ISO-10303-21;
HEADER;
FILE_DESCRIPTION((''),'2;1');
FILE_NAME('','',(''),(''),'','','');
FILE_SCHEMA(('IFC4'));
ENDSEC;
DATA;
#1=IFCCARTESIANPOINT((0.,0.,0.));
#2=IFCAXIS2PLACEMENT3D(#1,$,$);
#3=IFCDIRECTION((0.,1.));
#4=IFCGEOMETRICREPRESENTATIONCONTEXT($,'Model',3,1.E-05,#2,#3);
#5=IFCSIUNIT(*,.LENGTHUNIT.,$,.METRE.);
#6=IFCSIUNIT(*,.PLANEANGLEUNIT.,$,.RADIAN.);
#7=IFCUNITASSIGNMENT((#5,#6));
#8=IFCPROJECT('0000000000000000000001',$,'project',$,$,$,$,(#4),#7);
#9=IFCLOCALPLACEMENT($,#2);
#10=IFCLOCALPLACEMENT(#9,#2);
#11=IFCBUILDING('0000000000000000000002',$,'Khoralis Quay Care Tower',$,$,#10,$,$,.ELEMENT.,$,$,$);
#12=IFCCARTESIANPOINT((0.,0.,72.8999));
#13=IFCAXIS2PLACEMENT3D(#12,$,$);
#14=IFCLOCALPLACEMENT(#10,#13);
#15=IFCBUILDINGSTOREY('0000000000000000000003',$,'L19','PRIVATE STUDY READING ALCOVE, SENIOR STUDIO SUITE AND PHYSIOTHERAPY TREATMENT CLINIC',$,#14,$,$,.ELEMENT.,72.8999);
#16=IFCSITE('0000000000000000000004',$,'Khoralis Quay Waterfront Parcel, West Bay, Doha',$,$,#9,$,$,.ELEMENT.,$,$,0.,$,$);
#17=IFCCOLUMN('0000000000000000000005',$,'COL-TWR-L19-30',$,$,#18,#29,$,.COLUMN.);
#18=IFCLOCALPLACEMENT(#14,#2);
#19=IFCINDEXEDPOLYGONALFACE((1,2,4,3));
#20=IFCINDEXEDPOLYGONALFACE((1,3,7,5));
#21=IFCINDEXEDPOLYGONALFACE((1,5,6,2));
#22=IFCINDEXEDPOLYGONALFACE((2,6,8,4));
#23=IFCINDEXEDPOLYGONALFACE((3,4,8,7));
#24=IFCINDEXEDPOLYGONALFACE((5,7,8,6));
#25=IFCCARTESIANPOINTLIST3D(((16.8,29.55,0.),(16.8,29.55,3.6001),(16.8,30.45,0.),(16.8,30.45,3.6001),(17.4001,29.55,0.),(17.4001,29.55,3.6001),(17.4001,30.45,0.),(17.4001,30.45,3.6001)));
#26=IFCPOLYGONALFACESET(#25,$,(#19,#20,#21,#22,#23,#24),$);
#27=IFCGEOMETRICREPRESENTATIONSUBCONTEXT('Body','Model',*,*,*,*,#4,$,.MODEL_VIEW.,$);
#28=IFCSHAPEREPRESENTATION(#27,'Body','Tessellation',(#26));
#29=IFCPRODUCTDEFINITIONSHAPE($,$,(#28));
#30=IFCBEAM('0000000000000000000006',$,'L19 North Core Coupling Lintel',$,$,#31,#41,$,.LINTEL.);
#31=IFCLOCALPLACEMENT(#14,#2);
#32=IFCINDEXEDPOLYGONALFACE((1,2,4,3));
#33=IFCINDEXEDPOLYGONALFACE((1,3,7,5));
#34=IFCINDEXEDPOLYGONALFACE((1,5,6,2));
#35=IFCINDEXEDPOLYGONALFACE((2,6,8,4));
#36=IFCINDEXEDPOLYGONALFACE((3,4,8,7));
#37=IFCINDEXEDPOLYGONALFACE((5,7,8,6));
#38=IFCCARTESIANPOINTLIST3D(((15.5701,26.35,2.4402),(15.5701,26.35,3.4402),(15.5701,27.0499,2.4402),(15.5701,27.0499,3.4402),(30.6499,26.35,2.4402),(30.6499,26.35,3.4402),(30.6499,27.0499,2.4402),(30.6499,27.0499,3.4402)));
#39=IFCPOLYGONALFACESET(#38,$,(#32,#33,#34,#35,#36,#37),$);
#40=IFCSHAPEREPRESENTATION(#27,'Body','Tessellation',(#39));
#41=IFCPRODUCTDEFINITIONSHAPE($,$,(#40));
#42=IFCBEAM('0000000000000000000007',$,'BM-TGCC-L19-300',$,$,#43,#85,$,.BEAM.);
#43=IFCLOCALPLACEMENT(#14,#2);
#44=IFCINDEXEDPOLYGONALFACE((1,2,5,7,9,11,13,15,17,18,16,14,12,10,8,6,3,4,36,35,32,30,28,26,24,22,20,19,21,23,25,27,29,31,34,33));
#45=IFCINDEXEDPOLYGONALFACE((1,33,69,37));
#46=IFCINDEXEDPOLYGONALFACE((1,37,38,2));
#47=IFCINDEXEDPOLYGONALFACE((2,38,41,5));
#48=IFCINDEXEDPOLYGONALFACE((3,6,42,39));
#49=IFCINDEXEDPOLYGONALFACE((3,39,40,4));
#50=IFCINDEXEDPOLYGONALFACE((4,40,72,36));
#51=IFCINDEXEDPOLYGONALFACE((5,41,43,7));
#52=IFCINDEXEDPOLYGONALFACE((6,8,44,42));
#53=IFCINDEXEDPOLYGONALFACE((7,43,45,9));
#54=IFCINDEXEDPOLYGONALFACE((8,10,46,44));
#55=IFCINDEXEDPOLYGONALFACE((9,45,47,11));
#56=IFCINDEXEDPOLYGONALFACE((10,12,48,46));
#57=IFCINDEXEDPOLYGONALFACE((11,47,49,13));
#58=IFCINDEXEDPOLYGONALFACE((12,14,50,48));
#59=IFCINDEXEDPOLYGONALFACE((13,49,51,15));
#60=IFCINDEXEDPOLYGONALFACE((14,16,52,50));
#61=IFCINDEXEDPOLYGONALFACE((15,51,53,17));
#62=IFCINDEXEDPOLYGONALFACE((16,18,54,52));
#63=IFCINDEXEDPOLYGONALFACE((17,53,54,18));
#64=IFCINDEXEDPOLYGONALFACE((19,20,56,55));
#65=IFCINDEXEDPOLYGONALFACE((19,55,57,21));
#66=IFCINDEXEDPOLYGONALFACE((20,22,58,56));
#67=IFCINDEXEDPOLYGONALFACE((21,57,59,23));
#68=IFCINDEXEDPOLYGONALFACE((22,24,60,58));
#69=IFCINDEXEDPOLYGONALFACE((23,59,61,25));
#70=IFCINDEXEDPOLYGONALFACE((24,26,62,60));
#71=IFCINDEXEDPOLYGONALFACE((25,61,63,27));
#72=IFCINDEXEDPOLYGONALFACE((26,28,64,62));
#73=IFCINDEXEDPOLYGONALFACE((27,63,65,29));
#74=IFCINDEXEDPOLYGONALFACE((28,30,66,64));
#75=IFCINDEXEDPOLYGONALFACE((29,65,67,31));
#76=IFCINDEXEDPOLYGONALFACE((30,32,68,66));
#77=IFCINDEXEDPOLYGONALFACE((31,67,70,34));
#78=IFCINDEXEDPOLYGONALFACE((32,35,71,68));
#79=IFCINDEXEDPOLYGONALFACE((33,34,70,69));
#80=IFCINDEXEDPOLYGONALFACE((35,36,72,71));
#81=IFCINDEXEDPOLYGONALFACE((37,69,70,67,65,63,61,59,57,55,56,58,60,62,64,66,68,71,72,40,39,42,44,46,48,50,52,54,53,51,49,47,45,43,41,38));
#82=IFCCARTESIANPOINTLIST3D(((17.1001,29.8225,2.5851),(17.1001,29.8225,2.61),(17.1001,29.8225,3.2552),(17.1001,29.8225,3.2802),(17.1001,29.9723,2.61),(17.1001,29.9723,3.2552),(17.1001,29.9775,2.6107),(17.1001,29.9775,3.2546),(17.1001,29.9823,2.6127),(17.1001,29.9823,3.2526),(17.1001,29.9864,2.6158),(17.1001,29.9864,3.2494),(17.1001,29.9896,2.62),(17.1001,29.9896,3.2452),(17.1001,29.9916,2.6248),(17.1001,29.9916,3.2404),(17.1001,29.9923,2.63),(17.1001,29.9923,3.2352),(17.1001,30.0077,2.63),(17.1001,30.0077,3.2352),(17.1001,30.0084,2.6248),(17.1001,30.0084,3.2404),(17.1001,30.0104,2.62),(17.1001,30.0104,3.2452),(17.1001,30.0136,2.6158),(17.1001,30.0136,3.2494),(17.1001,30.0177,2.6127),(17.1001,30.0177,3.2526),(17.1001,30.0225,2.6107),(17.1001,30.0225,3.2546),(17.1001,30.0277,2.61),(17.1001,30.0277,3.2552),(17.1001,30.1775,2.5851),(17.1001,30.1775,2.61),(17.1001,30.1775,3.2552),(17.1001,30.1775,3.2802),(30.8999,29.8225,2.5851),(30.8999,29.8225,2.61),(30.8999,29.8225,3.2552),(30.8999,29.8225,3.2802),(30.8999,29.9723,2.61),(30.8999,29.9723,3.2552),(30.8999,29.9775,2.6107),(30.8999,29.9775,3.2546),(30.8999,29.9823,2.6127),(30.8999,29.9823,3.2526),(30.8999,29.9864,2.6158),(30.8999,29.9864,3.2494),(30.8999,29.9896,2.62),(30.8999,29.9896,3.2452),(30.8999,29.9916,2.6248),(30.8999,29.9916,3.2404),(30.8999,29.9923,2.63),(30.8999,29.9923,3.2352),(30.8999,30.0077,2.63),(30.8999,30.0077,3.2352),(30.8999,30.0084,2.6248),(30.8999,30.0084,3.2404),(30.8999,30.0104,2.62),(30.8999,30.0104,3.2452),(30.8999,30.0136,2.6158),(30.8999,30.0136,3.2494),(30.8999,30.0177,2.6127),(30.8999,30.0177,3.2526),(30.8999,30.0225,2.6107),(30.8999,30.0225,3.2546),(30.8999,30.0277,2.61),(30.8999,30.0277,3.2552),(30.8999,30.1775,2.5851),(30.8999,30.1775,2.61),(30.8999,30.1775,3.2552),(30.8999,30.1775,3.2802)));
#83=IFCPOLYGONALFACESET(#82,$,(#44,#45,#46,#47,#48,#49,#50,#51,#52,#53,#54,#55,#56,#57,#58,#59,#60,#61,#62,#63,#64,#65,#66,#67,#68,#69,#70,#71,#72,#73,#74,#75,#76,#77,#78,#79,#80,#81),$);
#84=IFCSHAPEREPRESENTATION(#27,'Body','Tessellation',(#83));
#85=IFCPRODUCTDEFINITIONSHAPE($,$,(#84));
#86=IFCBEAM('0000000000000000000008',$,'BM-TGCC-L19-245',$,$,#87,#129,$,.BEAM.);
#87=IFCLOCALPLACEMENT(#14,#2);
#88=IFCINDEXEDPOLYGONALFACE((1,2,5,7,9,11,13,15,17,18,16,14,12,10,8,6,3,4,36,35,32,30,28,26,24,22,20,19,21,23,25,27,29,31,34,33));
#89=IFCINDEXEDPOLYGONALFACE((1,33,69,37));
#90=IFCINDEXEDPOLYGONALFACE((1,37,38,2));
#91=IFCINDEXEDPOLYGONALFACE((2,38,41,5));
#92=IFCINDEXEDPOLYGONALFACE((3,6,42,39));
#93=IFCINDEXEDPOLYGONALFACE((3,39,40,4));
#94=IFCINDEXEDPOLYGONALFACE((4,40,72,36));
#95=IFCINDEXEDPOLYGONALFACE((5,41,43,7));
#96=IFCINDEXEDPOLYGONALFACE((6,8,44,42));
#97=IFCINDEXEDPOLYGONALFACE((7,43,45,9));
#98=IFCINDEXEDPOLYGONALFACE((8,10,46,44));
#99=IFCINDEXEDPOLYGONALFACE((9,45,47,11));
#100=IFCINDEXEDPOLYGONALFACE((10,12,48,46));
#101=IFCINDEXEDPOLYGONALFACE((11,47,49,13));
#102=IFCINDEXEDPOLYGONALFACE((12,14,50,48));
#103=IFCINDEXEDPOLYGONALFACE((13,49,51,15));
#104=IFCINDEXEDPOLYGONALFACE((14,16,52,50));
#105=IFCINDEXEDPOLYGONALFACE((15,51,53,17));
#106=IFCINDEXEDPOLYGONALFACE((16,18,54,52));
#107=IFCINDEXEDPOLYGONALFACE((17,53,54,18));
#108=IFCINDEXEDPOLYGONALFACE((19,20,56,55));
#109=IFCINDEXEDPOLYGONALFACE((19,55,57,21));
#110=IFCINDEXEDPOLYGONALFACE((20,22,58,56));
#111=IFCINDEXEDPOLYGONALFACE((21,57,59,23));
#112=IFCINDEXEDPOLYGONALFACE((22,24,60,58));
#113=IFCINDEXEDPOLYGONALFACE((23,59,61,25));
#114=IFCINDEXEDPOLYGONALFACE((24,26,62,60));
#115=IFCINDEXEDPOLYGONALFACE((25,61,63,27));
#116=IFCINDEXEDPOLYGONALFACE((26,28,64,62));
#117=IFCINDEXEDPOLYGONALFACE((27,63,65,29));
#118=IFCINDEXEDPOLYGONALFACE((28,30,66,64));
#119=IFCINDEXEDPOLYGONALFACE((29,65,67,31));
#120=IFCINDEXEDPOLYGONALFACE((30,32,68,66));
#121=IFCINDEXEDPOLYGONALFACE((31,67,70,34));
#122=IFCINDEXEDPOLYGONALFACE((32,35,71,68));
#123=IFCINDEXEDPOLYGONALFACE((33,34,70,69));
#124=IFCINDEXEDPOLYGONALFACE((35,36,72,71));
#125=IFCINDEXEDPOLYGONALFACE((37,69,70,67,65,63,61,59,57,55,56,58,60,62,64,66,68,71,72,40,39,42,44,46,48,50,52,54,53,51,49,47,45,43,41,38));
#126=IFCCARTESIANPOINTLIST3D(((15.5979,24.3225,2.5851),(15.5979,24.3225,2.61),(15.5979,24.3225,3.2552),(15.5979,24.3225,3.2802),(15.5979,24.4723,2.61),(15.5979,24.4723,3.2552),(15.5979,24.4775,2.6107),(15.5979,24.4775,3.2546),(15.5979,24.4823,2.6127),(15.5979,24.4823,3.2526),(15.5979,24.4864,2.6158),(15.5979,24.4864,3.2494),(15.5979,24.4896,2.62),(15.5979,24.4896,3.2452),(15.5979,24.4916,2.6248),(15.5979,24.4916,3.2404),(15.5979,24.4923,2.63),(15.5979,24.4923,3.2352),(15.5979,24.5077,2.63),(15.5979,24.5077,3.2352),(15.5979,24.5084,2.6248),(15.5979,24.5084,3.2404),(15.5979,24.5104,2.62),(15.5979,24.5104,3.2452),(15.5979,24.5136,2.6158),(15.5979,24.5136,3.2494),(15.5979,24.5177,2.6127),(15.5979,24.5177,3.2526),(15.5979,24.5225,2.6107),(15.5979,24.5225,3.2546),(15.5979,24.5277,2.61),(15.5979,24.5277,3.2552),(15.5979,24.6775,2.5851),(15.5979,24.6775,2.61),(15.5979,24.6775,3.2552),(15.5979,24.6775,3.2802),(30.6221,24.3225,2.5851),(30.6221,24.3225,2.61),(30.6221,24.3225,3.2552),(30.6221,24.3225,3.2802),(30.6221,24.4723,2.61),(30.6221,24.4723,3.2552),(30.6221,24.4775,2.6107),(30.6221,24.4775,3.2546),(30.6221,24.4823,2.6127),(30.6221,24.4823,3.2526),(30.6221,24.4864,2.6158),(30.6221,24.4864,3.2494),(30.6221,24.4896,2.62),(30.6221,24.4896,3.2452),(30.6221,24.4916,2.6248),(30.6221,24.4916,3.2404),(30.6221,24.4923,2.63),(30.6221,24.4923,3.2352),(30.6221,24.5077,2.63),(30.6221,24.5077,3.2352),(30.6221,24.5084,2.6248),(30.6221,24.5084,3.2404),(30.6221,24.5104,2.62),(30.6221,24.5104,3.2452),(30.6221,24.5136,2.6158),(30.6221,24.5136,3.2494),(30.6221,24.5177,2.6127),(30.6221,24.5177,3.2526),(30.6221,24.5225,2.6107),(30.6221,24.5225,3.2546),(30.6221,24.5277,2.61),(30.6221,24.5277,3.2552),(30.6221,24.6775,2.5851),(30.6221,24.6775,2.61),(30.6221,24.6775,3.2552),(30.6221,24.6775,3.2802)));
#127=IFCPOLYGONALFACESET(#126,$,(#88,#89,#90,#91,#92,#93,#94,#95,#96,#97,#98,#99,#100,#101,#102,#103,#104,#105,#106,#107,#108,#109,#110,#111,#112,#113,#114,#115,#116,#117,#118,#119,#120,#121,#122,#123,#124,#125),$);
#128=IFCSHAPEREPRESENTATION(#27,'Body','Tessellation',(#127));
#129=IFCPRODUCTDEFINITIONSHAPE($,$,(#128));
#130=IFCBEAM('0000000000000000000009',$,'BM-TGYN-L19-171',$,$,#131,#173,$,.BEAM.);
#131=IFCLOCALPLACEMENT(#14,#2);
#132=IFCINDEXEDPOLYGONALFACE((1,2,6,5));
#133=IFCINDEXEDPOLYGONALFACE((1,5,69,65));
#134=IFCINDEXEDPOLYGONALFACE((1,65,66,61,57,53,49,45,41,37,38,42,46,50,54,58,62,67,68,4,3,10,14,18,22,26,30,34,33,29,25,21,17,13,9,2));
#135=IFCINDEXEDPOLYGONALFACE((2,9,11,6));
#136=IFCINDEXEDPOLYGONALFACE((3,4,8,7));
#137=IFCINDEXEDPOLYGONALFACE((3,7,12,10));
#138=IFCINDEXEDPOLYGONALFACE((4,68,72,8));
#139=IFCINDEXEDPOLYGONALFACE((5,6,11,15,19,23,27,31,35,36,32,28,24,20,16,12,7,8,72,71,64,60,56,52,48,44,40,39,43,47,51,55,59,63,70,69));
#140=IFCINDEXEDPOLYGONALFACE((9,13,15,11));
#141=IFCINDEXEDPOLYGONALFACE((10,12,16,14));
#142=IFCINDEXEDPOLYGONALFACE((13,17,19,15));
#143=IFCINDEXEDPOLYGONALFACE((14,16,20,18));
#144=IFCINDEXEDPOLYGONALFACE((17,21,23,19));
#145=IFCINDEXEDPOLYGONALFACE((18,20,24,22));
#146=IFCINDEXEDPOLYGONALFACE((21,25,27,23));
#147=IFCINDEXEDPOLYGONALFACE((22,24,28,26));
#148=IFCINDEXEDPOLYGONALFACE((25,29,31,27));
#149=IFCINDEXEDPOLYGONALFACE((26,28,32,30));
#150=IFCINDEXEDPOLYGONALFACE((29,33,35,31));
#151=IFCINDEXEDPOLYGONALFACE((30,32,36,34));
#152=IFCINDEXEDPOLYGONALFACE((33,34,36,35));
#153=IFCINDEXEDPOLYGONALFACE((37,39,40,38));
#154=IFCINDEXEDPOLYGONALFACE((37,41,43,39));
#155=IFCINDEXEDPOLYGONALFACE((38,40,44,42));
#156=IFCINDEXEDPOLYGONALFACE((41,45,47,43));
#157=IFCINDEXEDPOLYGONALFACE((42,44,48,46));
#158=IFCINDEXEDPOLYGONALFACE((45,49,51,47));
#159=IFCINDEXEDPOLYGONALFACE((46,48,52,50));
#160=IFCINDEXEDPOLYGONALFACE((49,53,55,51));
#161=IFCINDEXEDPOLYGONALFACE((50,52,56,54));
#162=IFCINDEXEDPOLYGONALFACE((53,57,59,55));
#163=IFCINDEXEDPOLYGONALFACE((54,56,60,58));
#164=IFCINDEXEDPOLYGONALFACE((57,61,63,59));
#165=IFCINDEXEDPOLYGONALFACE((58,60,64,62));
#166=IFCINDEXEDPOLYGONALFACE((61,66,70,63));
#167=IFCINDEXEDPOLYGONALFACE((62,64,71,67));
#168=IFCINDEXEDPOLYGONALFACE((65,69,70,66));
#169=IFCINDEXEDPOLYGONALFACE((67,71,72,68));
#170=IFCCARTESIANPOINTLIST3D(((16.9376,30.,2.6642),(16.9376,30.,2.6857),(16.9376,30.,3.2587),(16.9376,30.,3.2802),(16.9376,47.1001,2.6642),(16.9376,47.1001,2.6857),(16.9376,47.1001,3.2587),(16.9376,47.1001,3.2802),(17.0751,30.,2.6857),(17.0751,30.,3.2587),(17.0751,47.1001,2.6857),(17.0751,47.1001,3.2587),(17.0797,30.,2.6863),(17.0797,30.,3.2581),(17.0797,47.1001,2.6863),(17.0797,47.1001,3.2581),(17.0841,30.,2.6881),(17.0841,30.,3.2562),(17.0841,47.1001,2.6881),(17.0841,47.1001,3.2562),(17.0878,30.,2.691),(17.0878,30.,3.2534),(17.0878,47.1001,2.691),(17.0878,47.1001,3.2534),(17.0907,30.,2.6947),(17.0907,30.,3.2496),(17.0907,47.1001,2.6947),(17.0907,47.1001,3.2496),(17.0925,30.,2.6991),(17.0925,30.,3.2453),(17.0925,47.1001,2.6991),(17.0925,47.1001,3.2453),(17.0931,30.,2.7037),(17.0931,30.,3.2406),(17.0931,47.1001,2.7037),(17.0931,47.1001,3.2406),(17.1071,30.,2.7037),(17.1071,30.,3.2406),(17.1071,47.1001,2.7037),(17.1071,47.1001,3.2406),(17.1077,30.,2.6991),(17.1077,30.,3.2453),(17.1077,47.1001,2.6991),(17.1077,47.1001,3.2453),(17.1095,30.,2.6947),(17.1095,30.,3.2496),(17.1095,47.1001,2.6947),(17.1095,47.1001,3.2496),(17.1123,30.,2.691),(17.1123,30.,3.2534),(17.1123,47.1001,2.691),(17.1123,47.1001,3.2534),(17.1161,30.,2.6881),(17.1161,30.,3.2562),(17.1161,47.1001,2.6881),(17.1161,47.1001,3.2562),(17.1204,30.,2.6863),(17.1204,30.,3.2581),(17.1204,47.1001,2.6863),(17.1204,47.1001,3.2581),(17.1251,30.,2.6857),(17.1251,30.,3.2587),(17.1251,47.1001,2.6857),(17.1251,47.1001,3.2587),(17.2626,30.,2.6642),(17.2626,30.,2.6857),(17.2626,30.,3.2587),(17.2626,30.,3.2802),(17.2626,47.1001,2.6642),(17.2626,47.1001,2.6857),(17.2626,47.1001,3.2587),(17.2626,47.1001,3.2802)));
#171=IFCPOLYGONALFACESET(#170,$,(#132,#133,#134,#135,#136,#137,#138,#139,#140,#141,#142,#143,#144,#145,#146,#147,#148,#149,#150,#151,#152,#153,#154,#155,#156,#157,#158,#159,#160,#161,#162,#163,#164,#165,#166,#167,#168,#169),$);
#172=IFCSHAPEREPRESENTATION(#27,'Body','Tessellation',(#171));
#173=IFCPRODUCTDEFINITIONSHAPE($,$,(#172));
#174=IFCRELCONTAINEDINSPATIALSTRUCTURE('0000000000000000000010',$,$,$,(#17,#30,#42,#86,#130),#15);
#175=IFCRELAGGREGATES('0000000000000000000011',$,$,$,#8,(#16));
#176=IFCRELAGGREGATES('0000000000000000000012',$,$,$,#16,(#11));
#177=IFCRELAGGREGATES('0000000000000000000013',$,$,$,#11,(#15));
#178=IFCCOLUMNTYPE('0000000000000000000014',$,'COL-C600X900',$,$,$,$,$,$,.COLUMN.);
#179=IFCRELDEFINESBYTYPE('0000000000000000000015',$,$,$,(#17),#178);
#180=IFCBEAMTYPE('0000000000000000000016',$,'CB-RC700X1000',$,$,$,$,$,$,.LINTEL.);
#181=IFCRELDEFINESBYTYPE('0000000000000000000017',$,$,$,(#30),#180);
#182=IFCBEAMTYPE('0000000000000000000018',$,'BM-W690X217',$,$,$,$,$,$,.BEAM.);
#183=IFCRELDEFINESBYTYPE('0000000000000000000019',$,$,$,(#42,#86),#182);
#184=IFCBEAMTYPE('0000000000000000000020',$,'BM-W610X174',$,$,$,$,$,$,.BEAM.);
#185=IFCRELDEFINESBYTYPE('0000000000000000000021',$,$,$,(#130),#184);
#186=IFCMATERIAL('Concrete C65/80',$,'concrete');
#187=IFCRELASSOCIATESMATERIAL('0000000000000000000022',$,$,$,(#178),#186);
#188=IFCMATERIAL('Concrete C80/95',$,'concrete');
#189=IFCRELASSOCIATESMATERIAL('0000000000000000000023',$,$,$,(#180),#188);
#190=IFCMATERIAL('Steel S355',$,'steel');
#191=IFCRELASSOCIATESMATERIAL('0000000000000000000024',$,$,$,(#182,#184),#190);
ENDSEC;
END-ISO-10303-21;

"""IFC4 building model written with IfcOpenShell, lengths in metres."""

from ifc_helpers import new_model, si_unit, direction, frame, origin, origin_2d, place, context, subcontext, project, spatial, rectangle, i_section, extrude, source, transform, mapped, material, material_profile, profile_set, type_object, element, save


model = new_model("IFC4")

# Units and contexts
model_context = context("Model", 3, precision=1e-05, world=origin(), true_north=direction((0.0, 1.0)))
body_context = subcontext(model_context, "Body", "Model", "MODEL_VIEW")
ifc_project = project(units=[si_unit("LENGTHUNIT", "METRE"), si_unit("PLANEANGLEUNIT", "RADIAN")], contexts=[model_context])

# Site, building, storey
site_placement = place(None, origin())
site = spatial("IfcSite", under=ifc_project, at=site_placement, Name="Khoralis Quay Waterfront Parcel, West Bay, Doha", CompositionType="ELEMENT", RefElevation=0.0)
building_placement = place(site_placement, origin())
building = spatial("IfcBuilding", under=site, at=building_placement, Name="Khoralis Quay Care Tower", CompositionType="ELEMENT")
storey_placement = place(building_placement, frame((0.0, 0.0, 72.8999)))
storey = spatial("IfcBuildingStorey", under=building, at=storey_placement, Name="L19", Description="PRIVATE STUDY READING ALCOVE, SENIOR STUDIO SUITE AND PHYSIOTHERAPY TREATMENT CLINIC", CompositionType="ELEMENT", Elevation=72.8999)

# Column
ifc_material_1 = material(Name="Concrete C65/80", Category="concrete")
ifc_material_profile_1 = material_profile(ifc_material_1, rectangle(XDim=0.6001, YDim=0.8999, at=origin_2d()), Name="Concrete C65/80")
ifc_profile_set_1 = profile_set([ifc_material_profile_1], Name="Concrete C65/80")
column_type = type_object("IfcColumnType", Name="COL-C600X900", PredefinedType="COLUMN", material=ifc_profile_set_1)
shared_shape_1 = source(origin(), body_context, "Body", "SweptSolid", [
    extrude(rectangle(XDim=0.6001, YDim=0.8999, at=origin_2d()), origin(), (0.0, 0.0, 1.0), 3.6001),
])
column_placement = place(storey_placement, frame((17.1001, 30.0, 0.0), z_axis=(0.0, 0.0, 1.0), x_axis=(1.0, 0.0, 0.0)))
element("IfcColumn", 1, at=column_placement, inside=storey, type_object=column_type, Name="COL-TWR-L19-30", PredefinedType="COLUMN", context=body_context, shape_type="MappedRepresentation", body=[
    mapped(shared_shape_1, transform((0.0, 0.0, 0.0), scale=1.0)),
])

# Beams
ifc_material_2 = material(Name="Concrete C80/95", Category="concrete")
ifc_material_profile_2 = material_profile(ifc_material_2, rectangle(XDim=0.7, YDim=1.0, at=origin_2d()), Name="Concrete C80/95")
ifc_profile_set_2 = profile_set([ifc_material_profile_2], Name="Concrete C80/95")
beam_type_1 = type_object("IfcBeamType", Name="CB-RC700X1000", PredefinedType="LINTEL", material=ifc_profile_set_2)
shared_shape_2 = source(origin(), body_context, "Body", "SweptSolid", [
    extrude(rectangle(XDim=0.7, YDim=1.0, at=origin_2d()), origin(), (0.0, 0.0, 1.0), 15.0798),
])
beam_1_placement = place(storey_placement, frame((15.5701, 26.7, 2.9402), z_axis=(1.0, 0.0, 0.0), x_axis=(0.0, 1.0, 0.0)))
element("IfcBeam", 2, at=beam_1_placement, inside=storey, type_object=beam_type_1, Name="L19 North Core Coupling Lintel", PredefinedType="LINTEL", context=body_context, shape_type="MappedRepresentation", body=[
    mapped(shared_shape_2, transform((0.0, 0.0, 0.0), scale=1.0)),
])
ifc_material_3 = material(Name="Steel S355", Category="steel")
ifc_material_profile_3 = material_profile(ifc_material_3, i_section(OverallWidth=0.355, OverallDepth=0.6951, WebThickness=0.0154, FlangeThickness=0.0249, FilletRadius=0.02, at=origin_2d()), Name="Steel S355")
ifc_profile_set_3 = profile_set([ifc_material_profile_3], Name="Steel S355")
beam_type_2 = type_object("IfcBeamType", Name="BM-W690X217", PredefinedType="BEAM", material=ifc_profile_set_3)
shared_shape_3 = source(origin(), body_context, "Body", "SweptSolid", [
    extrude(i_section(OverallWidth=0.355, OverallDepth=0.6951, WebThickness=0.0154, FlangeThickness=0.0249, FilletRadius=0.02, at=origin_2d()), origin(), (0.0, 0.0, 1.0), 13.7998),
])
beam_2_placement = place(storey_placement, frame((17.1001, 30.0, 2.9326), z_axis=(1.0, 0.0, 0.0), x_axis=(0.0, 1.0, 0.0)))
element("IfcBeam", 3, at=beam_2_placement, inside=storey, type_object=beam_type_2, Name="BM-TGCC-L19-300", PredefinedType="BEAM", context=body_context, shape_type="MappedRepresentation", body=[
    mapped(shared_shape_3, transform((0.0, 0.0, 0.0), scale=1.0)),
])
shared_shape_4 = source(origin(), body_context, "Body", "SweptSolid", [
    extrude(i_section(OverallWidth=0.355, OverallDepth=0.6951, WebThickness=0.0154, FlangeThickness=0.0249, FilletRadius=0.02, at=origin_2d()), origin(), (0.0, 0.0, 1.0), 15.0242),
])
beam_3_placement = place(storey_placement, frame((15.5979, 24.5, 2.9326), z_axis=(1.0, 0.0, 0.0), x_axis=(0.0, 1.0, 0.0)))
element("IfcBeam", 4, at=beam_3_placement, inside=storey, type_object=beam_type_2, Name="BM-TGCC-L19-245", PredefinedType="BEAM", context=body_context, shape_type="MappedRepresentation", body=[
    mapped(shared_shape_4, transform((0.0, 0.0, 0.0), scale=1.0)),
])
ifc_material_profile_4 = material_profile(ifc_material_3, i_section(OverallWidth=0.325, OverallDepth=0.616, WebThickness=0.0139, FlangeThickness=0.0215, FilletRadius=0.0181, at=origin_2d()), Name="Steel S355")
ifc_profile_set_4 = profile_set([ifc_material_profile_4], Name="Steel S355")
beam_type_3 = type_object("IfcBeamType", Name="BM-W610X174", PredefinedType="BEAM", material=ifc_profile_set_4)
shared_shape_5 = source(origin(), body_context, "Body", "SweptSolid", [
    extrude(i_section(OverallWidth=0.325, OverallDepth=0.616, WebThickness=0.0139, FlangeThickness=0.0215, FilletRadius=0.0181, at=origin_2d()), origin(), (0.0, 0.0, 1.0), 17.1001),
])
beam_4_placement = place(storey_placement, frame((17.1001, 30.0, 2.9722), z_axis=(0.0, 1.0, 0.0), x_axis=(-1.0, 0.0, 0.0)))
element("IfcBeam", 5, at=beam_4_placement, inside=storey, type_object=beam_type_3, Name="BM-TGYN-L19-171", PredefinedType="BEAM", context=body_context, shape_type="MappedRepresentation", body=[
    mapped(shared_shape_5, transform((0.0, 0.0, 0.0), scale=1.0)),
])

save(model, "model.ifc")
